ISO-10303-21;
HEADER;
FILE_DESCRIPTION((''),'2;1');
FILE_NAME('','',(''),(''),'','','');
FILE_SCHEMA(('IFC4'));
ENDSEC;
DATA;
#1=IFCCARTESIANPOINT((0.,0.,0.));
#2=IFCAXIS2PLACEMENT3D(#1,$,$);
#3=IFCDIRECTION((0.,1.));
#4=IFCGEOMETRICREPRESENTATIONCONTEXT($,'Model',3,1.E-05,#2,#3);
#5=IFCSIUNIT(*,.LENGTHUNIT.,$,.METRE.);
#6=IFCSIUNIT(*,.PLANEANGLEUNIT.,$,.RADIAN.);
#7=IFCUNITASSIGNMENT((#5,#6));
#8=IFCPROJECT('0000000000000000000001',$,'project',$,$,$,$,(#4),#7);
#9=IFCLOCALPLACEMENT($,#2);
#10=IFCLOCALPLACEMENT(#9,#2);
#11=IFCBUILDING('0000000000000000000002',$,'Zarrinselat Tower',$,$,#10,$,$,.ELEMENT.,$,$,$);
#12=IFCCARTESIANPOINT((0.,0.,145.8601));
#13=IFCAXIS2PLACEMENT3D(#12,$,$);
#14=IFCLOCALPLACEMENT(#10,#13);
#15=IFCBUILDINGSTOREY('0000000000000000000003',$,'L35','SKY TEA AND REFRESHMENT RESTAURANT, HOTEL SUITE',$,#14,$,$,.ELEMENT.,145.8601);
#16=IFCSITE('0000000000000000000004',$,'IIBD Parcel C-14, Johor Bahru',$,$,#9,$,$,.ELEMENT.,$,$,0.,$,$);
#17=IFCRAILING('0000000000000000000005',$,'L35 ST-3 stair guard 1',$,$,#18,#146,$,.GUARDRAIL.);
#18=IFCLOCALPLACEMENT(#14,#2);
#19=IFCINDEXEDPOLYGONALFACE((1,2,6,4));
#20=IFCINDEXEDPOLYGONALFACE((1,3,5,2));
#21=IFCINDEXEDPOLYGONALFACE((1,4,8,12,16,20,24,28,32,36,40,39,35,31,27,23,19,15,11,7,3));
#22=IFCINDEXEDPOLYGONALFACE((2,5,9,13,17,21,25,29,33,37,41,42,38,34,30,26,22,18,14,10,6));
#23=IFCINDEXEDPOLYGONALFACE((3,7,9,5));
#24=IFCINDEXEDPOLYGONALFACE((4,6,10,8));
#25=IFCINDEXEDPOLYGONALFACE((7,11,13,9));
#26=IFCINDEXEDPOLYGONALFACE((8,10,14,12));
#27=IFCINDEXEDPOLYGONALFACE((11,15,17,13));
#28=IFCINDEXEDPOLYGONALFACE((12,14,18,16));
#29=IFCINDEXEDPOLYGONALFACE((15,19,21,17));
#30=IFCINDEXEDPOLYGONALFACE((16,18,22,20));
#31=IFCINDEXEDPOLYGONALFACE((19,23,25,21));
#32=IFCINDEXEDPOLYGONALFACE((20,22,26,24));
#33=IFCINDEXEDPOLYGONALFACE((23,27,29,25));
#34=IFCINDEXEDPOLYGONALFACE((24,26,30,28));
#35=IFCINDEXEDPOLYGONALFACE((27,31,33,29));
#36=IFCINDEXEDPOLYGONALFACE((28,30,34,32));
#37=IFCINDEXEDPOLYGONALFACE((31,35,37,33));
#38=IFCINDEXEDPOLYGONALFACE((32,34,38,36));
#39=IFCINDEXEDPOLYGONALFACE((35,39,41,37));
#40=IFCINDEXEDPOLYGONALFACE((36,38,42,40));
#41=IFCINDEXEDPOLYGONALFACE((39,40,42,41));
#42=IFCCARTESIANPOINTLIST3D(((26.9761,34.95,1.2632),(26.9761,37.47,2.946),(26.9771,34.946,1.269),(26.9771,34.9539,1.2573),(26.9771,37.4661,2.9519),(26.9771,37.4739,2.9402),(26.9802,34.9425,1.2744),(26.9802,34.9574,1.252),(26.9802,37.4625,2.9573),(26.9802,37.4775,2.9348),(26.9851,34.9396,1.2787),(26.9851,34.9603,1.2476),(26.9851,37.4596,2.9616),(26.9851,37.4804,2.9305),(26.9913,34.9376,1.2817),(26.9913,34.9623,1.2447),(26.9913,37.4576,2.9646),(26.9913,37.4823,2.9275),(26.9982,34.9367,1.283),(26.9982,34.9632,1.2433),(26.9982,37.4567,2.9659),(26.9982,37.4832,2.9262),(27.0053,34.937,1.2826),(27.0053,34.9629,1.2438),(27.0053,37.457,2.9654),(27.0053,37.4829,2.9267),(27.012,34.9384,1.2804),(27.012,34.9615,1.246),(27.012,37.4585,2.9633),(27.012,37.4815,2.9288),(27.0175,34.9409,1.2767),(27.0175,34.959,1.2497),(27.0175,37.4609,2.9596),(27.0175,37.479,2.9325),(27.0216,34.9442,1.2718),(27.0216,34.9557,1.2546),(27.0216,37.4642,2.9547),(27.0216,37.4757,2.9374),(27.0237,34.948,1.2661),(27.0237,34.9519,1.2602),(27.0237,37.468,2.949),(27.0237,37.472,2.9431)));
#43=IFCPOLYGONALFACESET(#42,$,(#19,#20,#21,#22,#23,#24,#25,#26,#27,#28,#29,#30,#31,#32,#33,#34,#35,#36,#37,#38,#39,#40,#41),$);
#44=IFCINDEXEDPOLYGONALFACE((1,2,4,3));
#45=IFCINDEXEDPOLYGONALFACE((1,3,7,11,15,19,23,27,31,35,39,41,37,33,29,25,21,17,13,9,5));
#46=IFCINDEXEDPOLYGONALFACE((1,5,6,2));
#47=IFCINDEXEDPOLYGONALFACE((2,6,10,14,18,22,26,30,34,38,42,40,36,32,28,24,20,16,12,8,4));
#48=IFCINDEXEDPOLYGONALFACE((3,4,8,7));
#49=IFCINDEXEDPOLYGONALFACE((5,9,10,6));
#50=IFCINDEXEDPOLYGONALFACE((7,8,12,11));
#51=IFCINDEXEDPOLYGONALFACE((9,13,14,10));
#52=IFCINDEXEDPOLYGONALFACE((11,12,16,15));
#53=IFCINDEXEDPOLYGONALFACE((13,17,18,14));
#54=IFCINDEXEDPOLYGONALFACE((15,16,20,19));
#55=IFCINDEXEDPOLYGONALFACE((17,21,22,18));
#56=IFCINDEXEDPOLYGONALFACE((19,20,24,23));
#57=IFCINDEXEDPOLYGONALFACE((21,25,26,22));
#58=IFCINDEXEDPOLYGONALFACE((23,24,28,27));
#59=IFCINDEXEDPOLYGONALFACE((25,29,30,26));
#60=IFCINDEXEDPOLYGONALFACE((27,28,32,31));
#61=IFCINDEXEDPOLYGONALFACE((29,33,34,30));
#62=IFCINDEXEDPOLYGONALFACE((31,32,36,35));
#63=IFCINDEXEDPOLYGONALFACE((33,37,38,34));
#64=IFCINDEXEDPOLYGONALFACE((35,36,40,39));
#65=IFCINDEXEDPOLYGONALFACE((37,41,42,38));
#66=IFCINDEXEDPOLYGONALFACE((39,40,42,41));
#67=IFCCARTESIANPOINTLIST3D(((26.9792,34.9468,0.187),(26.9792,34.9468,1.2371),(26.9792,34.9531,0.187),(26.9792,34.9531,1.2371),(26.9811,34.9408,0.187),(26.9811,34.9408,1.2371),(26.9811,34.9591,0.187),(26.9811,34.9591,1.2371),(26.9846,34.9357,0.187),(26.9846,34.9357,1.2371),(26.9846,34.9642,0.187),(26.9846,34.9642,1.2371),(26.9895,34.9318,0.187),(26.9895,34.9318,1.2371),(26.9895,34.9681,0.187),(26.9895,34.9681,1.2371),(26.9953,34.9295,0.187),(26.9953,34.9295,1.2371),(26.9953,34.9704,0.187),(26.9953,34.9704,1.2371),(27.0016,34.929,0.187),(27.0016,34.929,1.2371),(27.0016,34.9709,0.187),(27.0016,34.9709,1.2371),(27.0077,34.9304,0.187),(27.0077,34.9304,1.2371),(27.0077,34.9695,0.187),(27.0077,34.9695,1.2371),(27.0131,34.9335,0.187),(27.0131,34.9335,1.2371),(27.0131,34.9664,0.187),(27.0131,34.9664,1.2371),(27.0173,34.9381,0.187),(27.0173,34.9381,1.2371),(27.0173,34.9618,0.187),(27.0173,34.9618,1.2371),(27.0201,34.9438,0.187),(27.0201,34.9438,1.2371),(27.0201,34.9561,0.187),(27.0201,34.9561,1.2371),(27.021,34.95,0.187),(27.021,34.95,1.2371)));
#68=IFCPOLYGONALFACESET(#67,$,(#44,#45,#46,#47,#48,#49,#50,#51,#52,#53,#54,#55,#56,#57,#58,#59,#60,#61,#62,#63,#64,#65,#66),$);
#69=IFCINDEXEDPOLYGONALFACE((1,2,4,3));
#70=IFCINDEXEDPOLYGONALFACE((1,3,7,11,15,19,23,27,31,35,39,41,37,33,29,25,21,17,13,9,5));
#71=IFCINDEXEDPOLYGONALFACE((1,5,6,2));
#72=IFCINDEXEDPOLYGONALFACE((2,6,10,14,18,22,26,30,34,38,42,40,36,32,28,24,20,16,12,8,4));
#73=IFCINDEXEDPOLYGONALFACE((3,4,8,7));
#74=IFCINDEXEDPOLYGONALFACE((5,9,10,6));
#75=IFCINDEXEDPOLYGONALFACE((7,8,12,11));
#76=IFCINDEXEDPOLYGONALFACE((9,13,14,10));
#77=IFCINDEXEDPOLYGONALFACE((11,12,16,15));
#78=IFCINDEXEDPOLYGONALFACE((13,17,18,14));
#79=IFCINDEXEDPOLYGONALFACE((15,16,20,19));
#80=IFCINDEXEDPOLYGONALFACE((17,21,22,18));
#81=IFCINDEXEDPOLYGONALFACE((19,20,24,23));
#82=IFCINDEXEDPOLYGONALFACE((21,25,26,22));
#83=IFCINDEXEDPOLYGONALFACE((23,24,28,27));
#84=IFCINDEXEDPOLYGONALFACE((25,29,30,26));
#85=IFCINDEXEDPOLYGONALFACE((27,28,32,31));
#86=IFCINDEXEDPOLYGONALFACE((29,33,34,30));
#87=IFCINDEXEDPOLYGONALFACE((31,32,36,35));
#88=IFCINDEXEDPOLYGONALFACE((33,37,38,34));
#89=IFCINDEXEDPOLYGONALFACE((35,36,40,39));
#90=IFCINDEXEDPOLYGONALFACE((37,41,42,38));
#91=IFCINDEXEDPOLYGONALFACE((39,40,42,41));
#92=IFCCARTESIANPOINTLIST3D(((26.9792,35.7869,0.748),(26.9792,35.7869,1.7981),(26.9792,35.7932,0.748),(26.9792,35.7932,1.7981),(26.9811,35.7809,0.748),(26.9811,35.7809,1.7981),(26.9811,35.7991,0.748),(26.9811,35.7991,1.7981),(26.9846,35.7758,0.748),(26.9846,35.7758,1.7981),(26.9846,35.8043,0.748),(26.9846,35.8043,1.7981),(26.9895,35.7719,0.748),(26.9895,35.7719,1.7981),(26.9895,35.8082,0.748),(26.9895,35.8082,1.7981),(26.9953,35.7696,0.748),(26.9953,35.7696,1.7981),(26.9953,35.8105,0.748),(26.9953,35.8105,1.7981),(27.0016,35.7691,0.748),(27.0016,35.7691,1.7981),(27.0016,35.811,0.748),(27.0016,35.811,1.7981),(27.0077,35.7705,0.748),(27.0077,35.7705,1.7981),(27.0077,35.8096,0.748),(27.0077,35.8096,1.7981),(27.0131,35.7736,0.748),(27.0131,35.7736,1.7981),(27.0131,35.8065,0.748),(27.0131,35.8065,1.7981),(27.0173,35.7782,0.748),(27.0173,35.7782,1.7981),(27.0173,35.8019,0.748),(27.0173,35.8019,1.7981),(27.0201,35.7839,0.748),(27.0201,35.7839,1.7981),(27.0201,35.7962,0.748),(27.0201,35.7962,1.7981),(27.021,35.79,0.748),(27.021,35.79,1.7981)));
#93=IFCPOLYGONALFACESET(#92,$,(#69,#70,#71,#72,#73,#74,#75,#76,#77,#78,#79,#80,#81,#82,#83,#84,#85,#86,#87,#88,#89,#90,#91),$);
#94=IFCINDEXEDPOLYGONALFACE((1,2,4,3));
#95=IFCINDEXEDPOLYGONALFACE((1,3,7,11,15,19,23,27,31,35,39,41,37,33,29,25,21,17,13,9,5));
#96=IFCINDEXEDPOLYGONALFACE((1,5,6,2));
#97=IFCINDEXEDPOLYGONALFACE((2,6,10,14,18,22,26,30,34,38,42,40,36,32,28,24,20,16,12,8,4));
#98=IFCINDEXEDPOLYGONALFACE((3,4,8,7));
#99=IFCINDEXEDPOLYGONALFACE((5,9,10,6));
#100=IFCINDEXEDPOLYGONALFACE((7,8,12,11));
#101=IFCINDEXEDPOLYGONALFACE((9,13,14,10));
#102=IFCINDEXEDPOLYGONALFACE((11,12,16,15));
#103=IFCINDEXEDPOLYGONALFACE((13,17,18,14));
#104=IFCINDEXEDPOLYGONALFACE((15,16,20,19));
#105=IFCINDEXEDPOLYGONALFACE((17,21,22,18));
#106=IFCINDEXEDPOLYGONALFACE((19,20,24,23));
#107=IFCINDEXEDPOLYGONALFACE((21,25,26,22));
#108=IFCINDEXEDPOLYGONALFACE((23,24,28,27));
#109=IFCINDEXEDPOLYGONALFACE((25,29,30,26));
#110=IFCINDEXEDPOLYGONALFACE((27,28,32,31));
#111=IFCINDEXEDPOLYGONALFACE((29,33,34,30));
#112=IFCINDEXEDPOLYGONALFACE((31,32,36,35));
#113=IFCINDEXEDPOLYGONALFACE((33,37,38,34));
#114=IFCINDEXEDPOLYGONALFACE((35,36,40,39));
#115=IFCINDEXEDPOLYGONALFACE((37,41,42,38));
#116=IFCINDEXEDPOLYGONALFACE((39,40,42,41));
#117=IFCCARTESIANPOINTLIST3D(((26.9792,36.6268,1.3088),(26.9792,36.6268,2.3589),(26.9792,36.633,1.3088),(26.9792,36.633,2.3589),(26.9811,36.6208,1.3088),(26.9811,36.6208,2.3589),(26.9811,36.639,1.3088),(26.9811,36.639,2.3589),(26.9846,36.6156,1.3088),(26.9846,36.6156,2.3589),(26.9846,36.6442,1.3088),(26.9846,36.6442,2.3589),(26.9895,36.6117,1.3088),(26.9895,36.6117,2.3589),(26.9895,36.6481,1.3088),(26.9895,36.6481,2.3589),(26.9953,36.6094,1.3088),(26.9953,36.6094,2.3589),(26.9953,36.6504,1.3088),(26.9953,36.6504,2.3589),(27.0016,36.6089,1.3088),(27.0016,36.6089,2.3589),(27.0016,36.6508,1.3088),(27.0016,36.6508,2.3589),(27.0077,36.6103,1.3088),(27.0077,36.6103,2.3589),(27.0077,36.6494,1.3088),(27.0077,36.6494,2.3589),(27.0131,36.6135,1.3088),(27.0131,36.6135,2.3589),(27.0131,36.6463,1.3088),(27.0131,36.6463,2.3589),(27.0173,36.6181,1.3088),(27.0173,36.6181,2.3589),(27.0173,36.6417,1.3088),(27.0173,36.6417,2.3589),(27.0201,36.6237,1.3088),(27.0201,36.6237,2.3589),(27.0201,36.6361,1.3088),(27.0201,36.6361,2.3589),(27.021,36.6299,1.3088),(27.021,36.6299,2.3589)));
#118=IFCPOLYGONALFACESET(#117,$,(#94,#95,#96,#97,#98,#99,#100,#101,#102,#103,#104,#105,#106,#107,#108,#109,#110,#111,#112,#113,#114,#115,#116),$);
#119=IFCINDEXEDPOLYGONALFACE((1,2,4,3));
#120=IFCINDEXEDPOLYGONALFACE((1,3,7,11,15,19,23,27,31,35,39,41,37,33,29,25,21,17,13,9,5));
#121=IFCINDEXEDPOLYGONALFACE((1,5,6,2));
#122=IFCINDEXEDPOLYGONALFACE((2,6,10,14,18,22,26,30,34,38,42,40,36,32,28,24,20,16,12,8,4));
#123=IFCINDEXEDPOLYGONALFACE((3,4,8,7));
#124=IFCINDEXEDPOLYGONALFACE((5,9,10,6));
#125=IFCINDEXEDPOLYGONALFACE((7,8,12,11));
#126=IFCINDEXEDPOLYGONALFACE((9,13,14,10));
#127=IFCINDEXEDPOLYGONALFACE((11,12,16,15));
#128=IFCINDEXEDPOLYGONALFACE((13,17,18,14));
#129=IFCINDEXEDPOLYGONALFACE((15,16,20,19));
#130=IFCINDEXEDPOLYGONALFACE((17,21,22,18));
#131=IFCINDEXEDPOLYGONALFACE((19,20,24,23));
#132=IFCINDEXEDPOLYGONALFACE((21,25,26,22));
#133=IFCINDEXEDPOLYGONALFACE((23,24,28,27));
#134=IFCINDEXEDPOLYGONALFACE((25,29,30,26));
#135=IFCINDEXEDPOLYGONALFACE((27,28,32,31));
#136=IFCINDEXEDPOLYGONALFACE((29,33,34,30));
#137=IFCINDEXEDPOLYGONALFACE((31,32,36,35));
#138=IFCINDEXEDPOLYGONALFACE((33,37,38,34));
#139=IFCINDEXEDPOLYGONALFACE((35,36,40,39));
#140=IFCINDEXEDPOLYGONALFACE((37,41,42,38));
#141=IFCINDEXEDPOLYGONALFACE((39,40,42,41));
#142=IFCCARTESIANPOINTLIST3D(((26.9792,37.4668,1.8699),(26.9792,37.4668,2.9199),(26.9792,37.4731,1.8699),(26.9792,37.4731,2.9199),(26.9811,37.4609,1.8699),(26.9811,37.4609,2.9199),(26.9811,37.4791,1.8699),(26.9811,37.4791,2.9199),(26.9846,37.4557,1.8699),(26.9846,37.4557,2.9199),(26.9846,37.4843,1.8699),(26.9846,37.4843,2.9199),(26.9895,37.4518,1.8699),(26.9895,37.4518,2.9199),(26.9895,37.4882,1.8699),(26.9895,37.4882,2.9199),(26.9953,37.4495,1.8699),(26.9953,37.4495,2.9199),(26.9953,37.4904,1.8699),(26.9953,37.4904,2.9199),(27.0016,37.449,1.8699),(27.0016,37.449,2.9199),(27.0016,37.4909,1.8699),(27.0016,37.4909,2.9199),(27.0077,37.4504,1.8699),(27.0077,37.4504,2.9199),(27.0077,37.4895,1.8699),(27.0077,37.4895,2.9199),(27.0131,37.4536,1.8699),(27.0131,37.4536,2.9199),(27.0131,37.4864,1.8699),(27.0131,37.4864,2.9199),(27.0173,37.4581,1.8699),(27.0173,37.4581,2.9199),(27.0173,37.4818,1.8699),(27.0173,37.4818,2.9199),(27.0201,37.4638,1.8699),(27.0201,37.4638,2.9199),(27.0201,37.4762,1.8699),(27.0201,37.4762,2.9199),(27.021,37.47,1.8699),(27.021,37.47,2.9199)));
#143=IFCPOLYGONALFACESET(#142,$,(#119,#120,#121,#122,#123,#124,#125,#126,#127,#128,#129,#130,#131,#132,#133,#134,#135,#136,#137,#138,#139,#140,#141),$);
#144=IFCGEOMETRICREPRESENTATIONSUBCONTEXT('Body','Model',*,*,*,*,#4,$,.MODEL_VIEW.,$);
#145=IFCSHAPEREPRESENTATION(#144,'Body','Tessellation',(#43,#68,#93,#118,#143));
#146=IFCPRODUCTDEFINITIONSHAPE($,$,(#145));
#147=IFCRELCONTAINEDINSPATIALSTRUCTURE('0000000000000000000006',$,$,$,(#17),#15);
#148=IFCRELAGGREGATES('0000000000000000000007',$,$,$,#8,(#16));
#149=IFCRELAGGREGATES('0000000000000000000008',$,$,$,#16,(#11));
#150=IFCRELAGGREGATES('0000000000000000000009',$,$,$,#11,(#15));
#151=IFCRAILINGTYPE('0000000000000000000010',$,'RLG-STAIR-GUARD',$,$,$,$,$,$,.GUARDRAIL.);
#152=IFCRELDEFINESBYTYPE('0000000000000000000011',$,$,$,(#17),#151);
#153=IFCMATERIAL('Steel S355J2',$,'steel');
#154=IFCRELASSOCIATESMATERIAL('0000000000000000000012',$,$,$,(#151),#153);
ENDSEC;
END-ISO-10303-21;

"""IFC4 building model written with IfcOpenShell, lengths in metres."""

from ifc_helpers import new_model, si_unit, direction, frame, origin, origin_2d, place, context, subcontext, project, spatial, circle, extrude, material, type_object, element, save


model = new_model("IFC4")

# Units and contexts
model_context = context("Model", 3, precision=1e-05, world=origin(), true_north=direction((0.0, 1.0)))
body_context = subcontext(model_context, "Body", "Model", "MODEL_VIEW")
ifc_project = project(units=[si_unit("LENGTHUNIT", "METRE"), si_unit("PLANEANGLEUNIT", "RADIAN")], contexts=[model_context])

# Site, building, storey
site_placement = place(None, origin())
site = spatial("IfcSite", under=ifc_project, at=site_placement, Name="IIBD Parcel C-14, Johor Bahru", CompositionType="ELEMENT", RefElevation=0.0)
building_placement = place(site_placement, origin())
building = spatial("IfcBuilding", under=site, at=building_placement, Name="Zarrinselat Tower", CompositionType="ELEMENT")
storey_placement = place(building_placement, frame((0.0, 0.0, 145.8601)))
storey = spatial("IfcBuildingStorey", under=building, at=storey_placement, Name="L35", Description="SKY TEA AND REFRESHMENT RESTAURANT, HOTEL SUITE", CompositionType="ELEMENT", Elevation=145.8601)

# Railing
ifc_material_1 = material(Name="Steel S355J2", Category="steel")
railing_type = type_object("IfcRailingType", Name="RLG-STAIR-GUARD", PredefinedType="GUARDRAIL", material=ifc_material_1)
railing_1_placement = place(storey_placement, frame((27.0, 34.95, 0.187)))
element("IfcRailing", 1, at=railing_1_placement, inside=storey, type_object=railing_type, Name="L35 ST-3 stair guard 1", PredefinedType="GUARDRAIL", context=body_context, shape_type="SweptSolid", body=[
    extrude(circle(Radius=0.0239, at=origin_2d()), frame((0.0, 0.0, 1.0762), z_axis=(0.0, 0.831616, 0.555351), x_axis=(-1.0, 0.0, 0.0)), (0.0, 0.0, 1.0), 3.0303),
    extrude(circle(Radius=0.021, at=origin_2d()), origin(), (0.0, 0.0, 1.0), 1.05),
    extrude(circle(Radius=0.021, at=origin_2d()), frame((0.0, 0.8401, 0.561)), (0.0, 0.0, 1.0), 1.05),
    extrude(circle(Radius=0.021, at=origin_2d()), frame((0.0, 1.6799, 1.1218)), (0.0, 0.0, 1.0), 1.05),
    extrude(circle(Radius=0.021, at=origin_2d()), frame((0.0, 2.52, 1.6829)), (0.0, 0.0, 1.0), 1.05),
])

save(model, "model.ifc")
